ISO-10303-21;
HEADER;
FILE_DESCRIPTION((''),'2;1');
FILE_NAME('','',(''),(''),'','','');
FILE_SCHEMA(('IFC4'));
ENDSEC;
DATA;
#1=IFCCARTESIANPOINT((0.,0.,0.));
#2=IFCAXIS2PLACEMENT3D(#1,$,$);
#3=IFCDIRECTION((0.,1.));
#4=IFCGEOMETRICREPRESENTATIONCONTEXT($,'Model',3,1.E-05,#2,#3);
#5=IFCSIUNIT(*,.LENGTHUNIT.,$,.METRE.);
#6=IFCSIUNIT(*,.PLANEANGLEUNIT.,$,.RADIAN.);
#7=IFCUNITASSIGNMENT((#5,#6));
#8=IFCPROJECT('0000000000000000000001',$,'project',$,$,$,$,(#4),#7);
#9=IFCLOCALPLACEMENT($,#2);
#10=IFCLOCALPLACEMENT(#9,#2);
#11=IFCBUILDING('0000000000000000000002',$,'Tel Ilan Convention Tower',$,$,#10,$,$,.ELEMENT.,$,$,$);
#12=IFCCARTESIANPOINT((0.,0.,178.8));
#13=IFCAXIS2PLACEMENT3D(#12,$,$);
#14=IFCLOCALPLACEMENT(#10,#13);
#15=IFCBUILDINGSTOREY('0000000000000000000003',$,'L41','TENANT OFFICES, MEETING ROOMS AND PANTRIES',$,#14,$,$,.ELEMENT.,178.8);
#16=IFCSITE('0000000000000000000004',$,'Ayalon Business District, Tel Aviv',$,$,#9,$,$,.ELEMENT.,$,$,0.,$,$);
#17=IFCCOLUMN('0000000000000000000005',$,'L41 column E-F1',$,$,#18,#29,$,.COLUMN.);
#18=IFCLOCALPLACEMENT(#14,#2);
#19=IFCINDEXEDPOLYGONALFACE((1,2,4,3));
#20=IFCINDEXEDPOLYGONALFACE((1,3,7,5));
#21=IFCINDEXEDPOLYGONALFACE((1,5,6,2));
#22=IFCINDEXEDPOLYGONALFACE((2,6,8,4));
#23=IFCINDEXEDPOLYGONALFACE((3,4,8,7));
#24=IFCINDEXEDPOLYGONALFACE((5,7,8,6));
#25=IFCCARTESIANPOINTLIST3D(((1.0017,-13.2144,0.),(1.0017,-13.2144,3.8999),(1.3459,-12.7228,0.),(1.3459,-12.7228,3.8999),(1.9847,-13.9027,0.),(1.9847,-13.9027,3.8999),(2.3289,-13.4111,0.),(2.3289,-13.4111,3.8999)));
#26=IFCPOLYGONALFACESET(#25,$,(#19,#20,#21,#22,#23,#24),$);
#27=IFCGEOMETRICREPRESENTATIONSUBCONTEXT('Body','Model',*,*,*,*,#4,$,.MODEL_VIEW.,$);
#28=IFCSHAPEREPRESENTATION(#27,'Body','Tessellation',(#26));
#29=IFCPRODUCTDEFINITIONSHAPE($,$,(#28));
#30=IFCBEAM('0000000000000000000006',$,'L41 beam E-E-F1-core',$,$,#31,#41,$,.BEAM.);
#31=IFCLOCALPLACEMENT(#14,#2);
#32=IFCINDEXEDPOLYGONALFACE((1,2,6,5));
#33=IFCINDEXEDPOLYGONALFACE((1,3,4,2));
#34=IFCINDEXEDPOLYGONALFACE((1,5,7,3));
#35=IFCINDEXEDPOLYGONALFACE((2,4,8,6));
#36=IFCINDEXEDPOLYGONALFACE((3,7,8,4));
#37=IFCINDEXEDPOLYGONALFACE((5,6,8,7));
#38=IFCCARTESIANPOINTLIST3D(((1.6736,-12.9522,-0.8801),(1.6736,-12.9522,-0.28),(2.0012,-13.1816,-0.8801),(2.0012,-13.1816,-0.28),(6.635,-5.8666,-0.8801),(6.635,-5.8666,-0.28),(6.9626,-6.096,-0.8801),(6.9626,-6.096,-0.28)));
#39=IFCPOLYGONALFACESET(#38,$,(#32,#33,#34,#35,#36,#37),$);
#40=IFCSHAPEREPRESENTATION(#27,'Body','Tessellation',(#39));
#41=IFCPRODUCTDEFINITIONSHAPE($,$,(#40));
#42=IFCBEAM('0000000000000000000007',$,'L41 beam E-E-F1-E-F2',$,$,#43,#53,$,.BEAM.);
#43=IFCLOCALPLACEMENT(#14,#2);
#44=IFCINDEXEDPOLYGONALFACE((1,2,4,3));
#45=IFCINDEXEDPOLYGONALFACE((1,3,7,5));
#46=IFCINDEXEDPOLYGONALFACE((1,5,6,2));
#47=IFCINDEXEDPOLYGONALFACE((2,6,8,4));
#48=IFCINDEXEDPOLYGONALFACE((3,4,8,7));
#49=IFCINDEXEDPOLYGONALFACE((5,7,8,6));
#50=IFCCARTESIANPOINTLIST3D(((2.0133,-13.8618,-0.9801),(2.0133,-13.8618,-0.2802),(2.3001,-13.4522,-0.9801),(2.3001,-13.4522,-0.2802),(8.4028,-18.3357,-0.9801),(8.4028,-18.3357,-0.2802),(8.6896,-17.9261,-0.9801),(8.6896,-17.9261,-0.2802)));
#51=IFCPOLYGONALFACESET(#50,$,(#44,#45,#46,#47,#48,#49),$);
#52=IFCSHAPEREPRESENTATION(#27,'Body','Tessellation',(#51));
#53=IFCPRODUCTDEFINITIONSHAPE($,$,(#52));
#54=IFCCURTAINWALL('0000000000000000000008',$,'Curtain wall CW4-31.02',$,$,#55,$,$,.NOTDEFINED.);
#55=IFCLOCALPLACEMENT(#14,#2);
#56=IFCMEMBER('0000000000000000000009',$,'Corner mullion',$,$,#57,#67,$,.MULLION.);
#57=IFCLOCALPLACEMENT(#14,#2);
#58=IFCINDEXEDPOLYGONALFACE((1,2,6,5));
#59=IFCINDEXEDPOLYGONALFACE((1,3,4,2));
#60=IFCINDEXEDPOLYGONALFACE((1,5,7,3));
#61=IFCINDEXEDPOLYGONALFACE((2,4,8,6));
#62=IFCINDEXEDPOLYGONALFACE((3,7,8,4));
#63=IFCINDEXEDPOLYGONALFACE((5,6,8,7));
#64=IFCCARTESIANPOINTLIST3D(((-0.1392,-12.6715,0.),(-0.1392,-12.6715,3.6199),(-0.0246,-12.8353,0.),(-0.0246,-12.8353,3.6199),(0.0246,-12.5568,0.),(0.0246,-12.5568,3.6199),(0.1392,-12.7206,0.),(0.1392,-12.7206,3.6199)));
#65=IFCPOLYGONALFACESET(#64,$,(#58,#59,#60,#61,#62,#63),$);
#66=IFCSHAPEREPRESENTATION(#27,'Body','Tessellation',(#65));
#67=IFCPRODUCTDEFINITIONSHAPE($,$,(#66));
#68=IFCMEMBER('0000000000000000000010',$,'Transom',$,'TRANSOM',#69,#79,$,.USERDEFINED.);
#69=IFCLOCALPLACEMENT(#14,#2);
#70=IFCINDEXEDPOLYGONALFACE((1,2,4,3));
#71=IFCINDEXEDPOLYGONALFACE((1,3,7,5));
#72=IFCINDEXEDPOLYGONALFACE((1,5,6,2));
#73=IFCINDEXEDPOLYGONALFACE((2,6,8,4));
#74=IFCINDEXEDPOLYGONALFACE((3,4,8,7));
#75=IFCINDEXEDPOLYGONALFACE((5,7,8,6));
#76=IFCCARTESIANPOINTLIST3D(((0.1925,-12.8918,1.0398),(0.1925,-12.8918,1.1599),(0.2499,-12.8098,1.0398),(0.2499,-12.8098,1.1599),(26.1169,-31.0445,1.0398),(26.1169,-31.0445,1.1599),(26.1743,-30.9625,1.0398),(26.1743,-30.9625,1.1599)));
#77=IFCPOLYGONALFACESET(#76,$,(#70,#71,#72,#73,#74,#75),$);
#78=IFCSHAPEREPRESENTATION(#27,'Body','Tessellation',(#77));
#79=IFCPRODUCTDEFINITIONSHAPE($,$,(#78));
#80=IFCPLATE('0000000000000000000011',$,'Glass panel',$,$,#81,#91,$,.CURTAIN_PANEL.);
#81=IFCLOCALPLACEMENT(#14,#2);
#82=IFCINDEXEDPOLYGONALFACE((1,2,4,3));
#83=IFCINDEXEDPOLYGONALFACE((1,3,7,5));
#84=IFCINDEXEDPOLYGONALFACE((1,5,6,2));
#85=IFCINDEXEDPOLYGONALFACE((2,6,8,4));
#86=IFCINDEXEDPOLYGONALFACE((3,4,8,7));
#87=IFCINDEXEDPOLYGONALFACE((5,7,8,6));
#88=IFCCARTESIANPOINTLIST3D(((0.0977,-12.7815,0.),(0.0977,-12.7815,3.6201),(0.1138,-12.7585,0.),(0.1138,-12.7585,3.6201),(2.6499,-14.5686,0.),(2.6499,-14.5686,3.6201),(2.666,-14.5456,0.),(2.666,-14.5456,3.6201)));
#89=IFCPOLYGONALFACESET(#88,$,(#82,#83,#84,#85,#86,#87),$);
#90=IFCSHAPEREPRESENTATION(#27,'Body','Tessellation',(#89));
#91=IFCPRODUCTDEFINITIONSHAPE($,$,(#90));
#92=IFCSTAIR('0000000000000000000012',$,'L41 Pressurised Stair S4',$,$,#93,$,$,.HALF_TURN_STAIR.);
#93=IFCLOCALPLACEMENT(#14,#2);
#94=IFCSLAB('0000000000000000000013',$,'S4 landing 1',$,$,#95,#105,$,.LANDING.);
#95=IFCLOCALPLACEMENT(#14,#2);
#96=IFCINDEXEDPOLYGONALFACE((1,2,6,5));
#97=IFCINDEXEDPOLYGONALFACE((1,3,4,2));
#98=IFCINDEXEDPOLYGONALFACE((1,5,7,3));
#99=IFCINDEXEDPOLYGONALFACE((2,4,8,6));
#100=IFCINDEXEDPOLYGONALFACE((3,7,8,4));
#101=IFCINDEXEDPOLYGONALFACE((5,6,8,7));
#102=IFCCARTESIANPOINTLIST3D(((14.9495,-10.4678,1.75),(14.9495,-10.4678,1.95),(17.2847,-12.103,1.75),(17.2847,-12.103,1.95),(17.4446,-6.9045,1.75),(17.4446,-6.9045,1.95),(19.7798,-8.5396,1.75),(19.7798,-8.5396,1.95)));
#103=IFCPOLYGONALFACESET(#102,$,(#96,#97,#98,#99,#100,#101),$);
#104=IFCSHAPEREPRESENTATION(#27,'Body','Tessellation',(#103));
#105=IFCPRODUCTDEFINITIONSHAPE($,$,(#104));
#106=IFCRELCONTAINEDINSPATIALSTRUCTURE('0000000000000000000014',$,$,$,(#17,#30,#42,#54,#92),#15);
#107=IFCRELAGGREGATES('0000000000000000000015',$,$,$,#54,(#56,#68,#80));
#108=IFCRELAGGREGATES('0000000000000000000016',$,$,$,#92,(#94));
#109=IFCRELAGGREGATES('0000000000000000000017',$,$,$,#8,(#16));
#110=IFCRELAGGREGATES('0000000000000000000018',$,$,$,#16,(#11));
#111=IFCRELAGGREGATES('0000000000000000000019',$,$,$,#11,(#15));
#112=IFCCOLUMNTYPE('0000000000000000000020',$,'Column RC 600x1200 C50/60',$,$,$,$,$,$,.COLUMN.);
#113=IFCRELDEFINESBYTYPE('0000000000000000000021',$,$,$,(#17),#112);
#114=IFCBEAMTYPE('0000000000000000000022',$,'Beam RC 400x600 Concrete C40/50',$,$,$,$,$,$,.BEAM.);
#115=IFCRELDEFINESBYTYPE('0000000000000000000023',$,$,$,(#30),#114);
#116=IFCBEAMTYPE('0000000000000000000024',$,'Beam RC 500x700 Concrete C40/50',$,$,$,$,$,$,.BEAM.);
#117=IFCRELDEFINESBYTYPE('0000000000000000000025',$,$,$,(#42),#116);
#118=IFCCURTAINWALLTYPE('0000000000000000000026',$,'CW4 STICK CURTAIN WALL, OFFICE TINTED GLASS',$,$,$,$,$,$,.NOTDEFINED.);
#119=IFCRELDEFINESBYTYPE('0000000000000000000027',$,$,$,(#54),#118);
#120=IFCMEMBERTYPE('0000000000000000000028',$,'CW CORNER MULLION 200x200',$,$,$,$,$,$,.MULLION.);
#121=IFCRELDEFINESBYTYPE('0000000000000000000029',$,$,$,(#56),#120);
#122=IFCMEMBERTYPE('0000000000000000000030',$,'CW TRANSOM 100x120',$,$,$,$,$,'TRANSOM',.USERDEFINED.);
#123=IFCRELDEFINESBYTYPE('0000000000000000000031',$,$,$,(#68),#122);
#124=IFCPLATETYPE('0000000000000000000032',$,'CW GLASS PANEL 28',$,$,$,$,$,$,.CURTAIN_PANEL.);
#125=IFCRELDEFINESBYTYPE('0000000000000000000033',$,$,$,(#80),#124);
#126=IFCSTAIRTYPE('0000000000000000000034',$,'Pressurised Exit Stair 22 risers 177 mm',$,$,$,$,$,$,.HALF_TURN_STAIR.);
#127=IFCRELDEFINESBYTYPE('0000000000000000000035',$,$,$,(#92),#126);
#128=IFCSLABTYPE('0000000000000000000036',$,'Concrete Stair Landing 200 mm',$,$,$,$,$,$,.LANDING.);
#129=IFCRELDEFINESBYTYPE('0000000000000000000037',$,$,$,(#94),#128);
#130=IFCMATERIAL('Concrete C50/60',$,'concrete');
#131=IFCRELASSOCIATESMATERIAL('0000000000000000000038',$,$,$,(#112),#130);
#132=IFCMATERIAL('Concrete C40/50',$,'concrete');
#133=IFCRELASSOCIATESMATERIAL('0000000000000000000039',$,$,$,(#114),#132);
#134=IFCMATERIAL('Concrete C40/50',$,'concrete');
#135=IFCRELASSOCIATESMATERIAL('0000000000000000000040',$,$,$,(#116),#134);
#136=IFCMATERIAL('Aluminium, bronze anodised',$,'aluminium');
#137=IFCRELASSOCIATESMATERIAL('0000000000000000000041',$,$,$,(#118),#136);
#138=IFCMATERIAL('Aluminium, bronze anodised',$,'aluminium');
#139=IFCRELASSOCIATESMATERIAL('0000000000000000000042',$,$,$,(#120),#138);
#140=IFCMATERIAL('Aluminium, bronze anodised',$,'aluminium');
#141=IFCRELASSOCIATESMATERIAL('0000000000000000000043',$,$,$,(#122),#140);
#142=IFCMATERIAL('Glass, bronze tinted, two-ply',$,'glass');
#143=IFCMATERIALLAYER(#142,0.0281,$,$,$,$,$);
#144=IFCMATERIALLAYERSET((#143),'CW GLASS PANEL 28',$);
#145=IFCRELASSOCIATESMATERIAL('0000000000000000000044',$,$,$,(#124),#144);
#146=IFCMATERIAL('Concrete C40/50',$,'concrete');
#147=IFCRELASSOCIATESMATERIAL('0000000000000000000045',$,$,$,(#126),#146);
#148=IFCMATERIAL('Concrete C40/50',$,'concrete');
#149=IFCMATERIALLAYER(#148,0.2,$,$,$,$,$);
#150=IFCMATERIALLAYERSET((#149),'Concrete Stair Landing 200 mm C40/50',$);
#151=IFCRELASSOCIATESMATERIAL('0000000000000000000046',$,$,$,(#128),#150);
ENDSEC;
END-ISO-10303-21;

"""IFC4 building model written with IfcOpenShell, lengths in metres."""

from ifc_helpers import new_model, si_unit, direction, frame, origin, origin_2d, place, context, subcontext, project, spatial, polyline, rectangle, outline, extrude, material, layer, layer_set, material_profile, profile_set, type_object, element, aggregate, save


model = new_model("IFC4")

# Units and contexts
model_context = context("Model", 3, precision=1e-05, world=origin(), true_north=direction((0.0, 1.0)))
body_context = subcontext(model_context, "Body", "Model", "MODEL_VIEW")
ifc_project = project(units=[si_unit("LENGTHUNIT", "METRE"), si_unit("PLANEANGLEUNIT", "RADIAN")], contexts=[model_context])

# Site, building, storey
site_placement = place(None, origin())
site = spatial("IfcSite", under=ifc_project, at=site_placement, Name="Ayalon Business District, Tel Aviv", CompositionType="ELEMENT", RefElevation=0.0)
building_placement = place(site_placement, origin())
building = spatial("IfcBuilding", under=site, at=building_placement, Name="Tel Ilan Convention Tower", CompositionType="ELEMENT")
storey_placement = place(building_placement, frame((0.0, 0.0, 178.8)))
storey = spatial("IfcBuildingStorey", under=building, at=storey_placement, Name="L41", Description="TENANT OFFICES, MEETING ROOMS AND PANTRIES", CompositionType="ELEMENT", Elevation=178.8)

# Column
ifc_material_1 = material(Name="Concrete C50/60", Category="concrete")
ifc_material_profile_1 = material_profile(ifc_material_1, rectangle(XDim=1.2, YDim=0.6001, at=origin_2d()), Name="RC 600x1200")
ifc_profile_set_1 = profile_set([ifc_material_profile_1], Name="Concrete C50/60")
column_type = type_object("IfcColumnType", Name="Column RC 600x1200 C50/60", PredefinedType="COLUMN", material=ifc_profile_set_1)
column_placement = place(storey_placement, frame((1.6653, -13.3127, 0.0), z_axis=(0.0, 0.0, 1.0), x_axis=(0.819152, -0.573576, 0.0)))
element("IfcColumn", 1, at=column_placement, inside=storey, type_object=column_type, Name="L41 column E-F1", PredefinedType="COLUMN", context=body_context, shape_type="SweptSolid", body=[
    extrude(rectangle(XDim=1.2, YDim=0.6001, at=origin_2d()), origin(), (0.0, 0.0, 1.0), 3.8999),
])

# Beams
ifc_material_2 = material(Name="Concrete C40/50", Category="concrete")
ifc_material_profile_2 = material_profile(ifc_material_2, rectangle(XDim=0.3999, YDim=0.6001, at=origin_2d()), Name="RC 400x600")
ifc_profile_set_2 = profile_set([ifc_material_profile_2], Name="Concrete C40/50")
beam_type_1 = type_object("IfcBeamType", Name="Beam RC 400x600 Concrete C40/50", PredefinedType="BEAM", material=ifc_profile_set_2)
beam_1_placement = place(storey_placement, frame((1.8374, -13.0669, -0.5801), z_axis=(0.573574, 0.819154, 0.0), x_axis=(-0.819154, 0.573574, 0.0)))
element("IfcBeam", 2, at=beam_1_placement, inside=storey, type_object=beam_type_1, Name="L41 beam E-E-F1-core", PredefinedType="BEAM", context=body_context, shape_type="SweptSolid", body=[
    extrude(rectangle(XDim=0.3999, YDim=0.6001, at=origin_2d()), origin(), (0.0, 0.0, 1.0), 8.6499),
])
ifc_material_3 = material(Name="Concrete C40/50", Category="concrete")
ifc_material_profile_3 = material_profile(ifc_material_3, rectangle(XDim=0.5, YDim=0.7, at=origin_2d()), Name="RC 500x700")
ifc_profile_set_3 = profile_set([ifc_material_profile_3], Name="Concrete C40/50")
beam_type_2 = type_object("IfcBeamType", Name="Beam RC 500x700 Concrete C40/50", PredefinedType="BEAM", material=ifc_profile_set_3)
beam_2_placement = place(storey_placement, frame((2.1567, -13.657, -0.6301), z_axis=(0.819154, -0.573574, 0.0), x_axis=(0.573574, 0.819154, 0.0)))
element("IfcBeam", 3, at=beam_2_placement, inside=storey, type_object=beam_type_2, Name="L41 beam E-E-F1-E-F2", PredefinedType="BEAM", context=body_context, shape_type="SweptSolid", body=[
    extrude(rectangle(XDim=0.5, YDim=0.7, at=origin_2d()), origin(), (0.0, 0.0, 1.0), 7.8),
])

# Curtain wall, members, plate
ifc_material_4 = material(Name="Aluminium, bronze anodised", Category="aluminium")
curtain_wall_type = type_object("IfcCurtainWallType", Name="CW4 STICK CURTAIN WALL, OFFICE TINTED GLASS", PredefinedType="NOTDEFINED", material=ifc_material_4)
curtain_wall_placement = place(storey_placement, origin())
curtain_wall = element("IfcCurtainWall", 4, at=curtain_wall_placement, inside=storey, type_object=curtain_wall_type, Name="Curtain wall CW4-31.02", PredefinedType="NOTDEFINED")
ifc_material_5 = material(Name="Aluminium, bronze anodised", Category="aluminium")
ifc_material_profile_4 = material_profile(ifc_material_5, rectangle(XDim=0.2, YDim=0.2, at=origin_2d()), Name="CW CORNER MULLION 200x200")
ifc_profile_set_4 = profile_set([ifc_material_profile_4], Name="Aluminium, bronze anodised")
member_type_1 = type_object("IfcMemberType", Name="CW CORNER MULLION 200x200", PredefinedType="MULLION", material=ifc_profile_set_4)
member_1_placement = place(storey_placement, frame((0.0, -12.696, 0.0), z_axis=(0.0, 0.0, 1.0), x_axis=(0.819152, 0.573576, 0.0)))
member_1 = element("IfcMember", 5, at=member_1_placement, type_object=member_type_1, Name="Corner mullion", PredefinedType="MULLION", context=body_context, shape_type="SweptSolid", body=[
    extrude(rectangle(XDim=0.2, YDim=0.2, at=origin_2d()), origin(), (0.0, 0.0, 1.0), 3.6199),
])
ifc_material_6 = material(Name="Aluminium, bronze anodised", Category="aluminium")
ifc_material_profile_5 = material_profile(ifc_material_6, rectangle(XDim=0.1001, YDim=0.1201, at=origin_2d()), Name="CW TRANSOM 100x120")
ifc_profile_set_5 = profile_set([ifc_material_profile_5], Name="Aluminium, bronze anodised")
member_type_2 = type_object("IfcMemberType", Name="CW TRANSOM 100x120", ElementType="TRANSOM", PredefinedType="USERDEFINED", material=ifc_profile_set_5)
member_2_placement = place(storey_placement, frame((0.2212, -12.8508, 1.0999), z_axis=(0.819149, -0.57358, 0.0), x_axis=(0.57358, 0.819149, 0.0)))
member_2 = element("IfcMember", 6, at=member_2_placement, type_object=member_type_2, Name="Transom", ObjectType="TRANSOM", PredefinedType="USERDEFINED", context=body_context, shape_type="SweptSolid", body=[
    extrude(rectangle(XDim=0.1001, YDim=0.1201, at=origin_2d()), origin(), (0.0, 0.0, 1.0), 31.6479),
])
ifc_material_7 = material(Name="Glass, bronze tinted, two-ply", Category="glass")
ifc_layer_1 = layer(ifc_material_7, 0.0281)
ifc_layer_set_1 = layer_set([ifc_layer_1], Name="CW GLASS PANEL 28")
plate_type = type_object("IfcPlateType", Name="CW GLASS PANEL 28", PredefinedType="CURTAIN_PANEL", material=ifc_layer_set_1)
plate_placement = place(storey_placement, frame((1.3818, -13.6636, 0.0), z_axis=(0.0, 0.0, 1.0), x_axis=(0.819152, -0.573576, 0.0)))
plate = element("IfcPlate", 7, at=plate_placement, type_object=plate_type, Name="Glass panel", PredefinedType="CURTAIN_PANEL", context=body_context, shape_type="SweptSolid", body=[
    extrude(rectangle(XDim=3.1157, YDim=0.0281, at=origin_2d()), origin(), (0.0, 0.0, 1.0), 3.6201),
])
aggregate(curtain_wall, [member_1, member_2, plate])

# Stair, slab
ifc_material_8 = material(Name="Concrete C40/50", Category="concrete")
stair_type = type_object("IfcStairType", Name="Pressurised Exit Stair 22 risers 177 mm", PredefinedType="HALF_TURN_STAIR", material=ifc_material_8)
stair_placement = place(storey_placement, origin())
stair = element("IfcStair", 8, at=stair_placement, inside=storey, type_object=stair_type, Name="L41 Pressurised Stair S4", PredefinedType="HALF_TURN_STAIR")
ifc_material_9 = material(Name="Concrete C40/50", Category="concrete")
ifc_layer_2 = layer(ifc_material_9, 0.2)
ifc_layer_set_2 = layer_set([ifc_layer_2], Name="Concrete Stair Landing 200 mm C40/50")
slab_type_1 = type_object("IfcSlabType", Name="Concrete Stair Landing 200 mm", PredefinedType="LANDING", material=ifc_layer_set_2)
slab_1_placement = place(storey_placement, frame((0.0, 0.0, 1.75)))
slab_1 = element("IfcSlab", 9, at=slab_1_placement, type_object=slab_type_1, Name="S4 landing 1", PredefinedType="LANDING", context=body_context, shape_type="SweptSolid", body=[
    extrude(outline(polyline([(19.7798, -8.5396), (17.4446, -6.9045), (14.9495, -10.4678), (17.2847, -12.103), (19.7798, -8.5396)])), origin(), (0.0, 0.0, 1.0), 0.2),
])
aggregate(stair, [slab_1])

save(model, "model.ifc")
